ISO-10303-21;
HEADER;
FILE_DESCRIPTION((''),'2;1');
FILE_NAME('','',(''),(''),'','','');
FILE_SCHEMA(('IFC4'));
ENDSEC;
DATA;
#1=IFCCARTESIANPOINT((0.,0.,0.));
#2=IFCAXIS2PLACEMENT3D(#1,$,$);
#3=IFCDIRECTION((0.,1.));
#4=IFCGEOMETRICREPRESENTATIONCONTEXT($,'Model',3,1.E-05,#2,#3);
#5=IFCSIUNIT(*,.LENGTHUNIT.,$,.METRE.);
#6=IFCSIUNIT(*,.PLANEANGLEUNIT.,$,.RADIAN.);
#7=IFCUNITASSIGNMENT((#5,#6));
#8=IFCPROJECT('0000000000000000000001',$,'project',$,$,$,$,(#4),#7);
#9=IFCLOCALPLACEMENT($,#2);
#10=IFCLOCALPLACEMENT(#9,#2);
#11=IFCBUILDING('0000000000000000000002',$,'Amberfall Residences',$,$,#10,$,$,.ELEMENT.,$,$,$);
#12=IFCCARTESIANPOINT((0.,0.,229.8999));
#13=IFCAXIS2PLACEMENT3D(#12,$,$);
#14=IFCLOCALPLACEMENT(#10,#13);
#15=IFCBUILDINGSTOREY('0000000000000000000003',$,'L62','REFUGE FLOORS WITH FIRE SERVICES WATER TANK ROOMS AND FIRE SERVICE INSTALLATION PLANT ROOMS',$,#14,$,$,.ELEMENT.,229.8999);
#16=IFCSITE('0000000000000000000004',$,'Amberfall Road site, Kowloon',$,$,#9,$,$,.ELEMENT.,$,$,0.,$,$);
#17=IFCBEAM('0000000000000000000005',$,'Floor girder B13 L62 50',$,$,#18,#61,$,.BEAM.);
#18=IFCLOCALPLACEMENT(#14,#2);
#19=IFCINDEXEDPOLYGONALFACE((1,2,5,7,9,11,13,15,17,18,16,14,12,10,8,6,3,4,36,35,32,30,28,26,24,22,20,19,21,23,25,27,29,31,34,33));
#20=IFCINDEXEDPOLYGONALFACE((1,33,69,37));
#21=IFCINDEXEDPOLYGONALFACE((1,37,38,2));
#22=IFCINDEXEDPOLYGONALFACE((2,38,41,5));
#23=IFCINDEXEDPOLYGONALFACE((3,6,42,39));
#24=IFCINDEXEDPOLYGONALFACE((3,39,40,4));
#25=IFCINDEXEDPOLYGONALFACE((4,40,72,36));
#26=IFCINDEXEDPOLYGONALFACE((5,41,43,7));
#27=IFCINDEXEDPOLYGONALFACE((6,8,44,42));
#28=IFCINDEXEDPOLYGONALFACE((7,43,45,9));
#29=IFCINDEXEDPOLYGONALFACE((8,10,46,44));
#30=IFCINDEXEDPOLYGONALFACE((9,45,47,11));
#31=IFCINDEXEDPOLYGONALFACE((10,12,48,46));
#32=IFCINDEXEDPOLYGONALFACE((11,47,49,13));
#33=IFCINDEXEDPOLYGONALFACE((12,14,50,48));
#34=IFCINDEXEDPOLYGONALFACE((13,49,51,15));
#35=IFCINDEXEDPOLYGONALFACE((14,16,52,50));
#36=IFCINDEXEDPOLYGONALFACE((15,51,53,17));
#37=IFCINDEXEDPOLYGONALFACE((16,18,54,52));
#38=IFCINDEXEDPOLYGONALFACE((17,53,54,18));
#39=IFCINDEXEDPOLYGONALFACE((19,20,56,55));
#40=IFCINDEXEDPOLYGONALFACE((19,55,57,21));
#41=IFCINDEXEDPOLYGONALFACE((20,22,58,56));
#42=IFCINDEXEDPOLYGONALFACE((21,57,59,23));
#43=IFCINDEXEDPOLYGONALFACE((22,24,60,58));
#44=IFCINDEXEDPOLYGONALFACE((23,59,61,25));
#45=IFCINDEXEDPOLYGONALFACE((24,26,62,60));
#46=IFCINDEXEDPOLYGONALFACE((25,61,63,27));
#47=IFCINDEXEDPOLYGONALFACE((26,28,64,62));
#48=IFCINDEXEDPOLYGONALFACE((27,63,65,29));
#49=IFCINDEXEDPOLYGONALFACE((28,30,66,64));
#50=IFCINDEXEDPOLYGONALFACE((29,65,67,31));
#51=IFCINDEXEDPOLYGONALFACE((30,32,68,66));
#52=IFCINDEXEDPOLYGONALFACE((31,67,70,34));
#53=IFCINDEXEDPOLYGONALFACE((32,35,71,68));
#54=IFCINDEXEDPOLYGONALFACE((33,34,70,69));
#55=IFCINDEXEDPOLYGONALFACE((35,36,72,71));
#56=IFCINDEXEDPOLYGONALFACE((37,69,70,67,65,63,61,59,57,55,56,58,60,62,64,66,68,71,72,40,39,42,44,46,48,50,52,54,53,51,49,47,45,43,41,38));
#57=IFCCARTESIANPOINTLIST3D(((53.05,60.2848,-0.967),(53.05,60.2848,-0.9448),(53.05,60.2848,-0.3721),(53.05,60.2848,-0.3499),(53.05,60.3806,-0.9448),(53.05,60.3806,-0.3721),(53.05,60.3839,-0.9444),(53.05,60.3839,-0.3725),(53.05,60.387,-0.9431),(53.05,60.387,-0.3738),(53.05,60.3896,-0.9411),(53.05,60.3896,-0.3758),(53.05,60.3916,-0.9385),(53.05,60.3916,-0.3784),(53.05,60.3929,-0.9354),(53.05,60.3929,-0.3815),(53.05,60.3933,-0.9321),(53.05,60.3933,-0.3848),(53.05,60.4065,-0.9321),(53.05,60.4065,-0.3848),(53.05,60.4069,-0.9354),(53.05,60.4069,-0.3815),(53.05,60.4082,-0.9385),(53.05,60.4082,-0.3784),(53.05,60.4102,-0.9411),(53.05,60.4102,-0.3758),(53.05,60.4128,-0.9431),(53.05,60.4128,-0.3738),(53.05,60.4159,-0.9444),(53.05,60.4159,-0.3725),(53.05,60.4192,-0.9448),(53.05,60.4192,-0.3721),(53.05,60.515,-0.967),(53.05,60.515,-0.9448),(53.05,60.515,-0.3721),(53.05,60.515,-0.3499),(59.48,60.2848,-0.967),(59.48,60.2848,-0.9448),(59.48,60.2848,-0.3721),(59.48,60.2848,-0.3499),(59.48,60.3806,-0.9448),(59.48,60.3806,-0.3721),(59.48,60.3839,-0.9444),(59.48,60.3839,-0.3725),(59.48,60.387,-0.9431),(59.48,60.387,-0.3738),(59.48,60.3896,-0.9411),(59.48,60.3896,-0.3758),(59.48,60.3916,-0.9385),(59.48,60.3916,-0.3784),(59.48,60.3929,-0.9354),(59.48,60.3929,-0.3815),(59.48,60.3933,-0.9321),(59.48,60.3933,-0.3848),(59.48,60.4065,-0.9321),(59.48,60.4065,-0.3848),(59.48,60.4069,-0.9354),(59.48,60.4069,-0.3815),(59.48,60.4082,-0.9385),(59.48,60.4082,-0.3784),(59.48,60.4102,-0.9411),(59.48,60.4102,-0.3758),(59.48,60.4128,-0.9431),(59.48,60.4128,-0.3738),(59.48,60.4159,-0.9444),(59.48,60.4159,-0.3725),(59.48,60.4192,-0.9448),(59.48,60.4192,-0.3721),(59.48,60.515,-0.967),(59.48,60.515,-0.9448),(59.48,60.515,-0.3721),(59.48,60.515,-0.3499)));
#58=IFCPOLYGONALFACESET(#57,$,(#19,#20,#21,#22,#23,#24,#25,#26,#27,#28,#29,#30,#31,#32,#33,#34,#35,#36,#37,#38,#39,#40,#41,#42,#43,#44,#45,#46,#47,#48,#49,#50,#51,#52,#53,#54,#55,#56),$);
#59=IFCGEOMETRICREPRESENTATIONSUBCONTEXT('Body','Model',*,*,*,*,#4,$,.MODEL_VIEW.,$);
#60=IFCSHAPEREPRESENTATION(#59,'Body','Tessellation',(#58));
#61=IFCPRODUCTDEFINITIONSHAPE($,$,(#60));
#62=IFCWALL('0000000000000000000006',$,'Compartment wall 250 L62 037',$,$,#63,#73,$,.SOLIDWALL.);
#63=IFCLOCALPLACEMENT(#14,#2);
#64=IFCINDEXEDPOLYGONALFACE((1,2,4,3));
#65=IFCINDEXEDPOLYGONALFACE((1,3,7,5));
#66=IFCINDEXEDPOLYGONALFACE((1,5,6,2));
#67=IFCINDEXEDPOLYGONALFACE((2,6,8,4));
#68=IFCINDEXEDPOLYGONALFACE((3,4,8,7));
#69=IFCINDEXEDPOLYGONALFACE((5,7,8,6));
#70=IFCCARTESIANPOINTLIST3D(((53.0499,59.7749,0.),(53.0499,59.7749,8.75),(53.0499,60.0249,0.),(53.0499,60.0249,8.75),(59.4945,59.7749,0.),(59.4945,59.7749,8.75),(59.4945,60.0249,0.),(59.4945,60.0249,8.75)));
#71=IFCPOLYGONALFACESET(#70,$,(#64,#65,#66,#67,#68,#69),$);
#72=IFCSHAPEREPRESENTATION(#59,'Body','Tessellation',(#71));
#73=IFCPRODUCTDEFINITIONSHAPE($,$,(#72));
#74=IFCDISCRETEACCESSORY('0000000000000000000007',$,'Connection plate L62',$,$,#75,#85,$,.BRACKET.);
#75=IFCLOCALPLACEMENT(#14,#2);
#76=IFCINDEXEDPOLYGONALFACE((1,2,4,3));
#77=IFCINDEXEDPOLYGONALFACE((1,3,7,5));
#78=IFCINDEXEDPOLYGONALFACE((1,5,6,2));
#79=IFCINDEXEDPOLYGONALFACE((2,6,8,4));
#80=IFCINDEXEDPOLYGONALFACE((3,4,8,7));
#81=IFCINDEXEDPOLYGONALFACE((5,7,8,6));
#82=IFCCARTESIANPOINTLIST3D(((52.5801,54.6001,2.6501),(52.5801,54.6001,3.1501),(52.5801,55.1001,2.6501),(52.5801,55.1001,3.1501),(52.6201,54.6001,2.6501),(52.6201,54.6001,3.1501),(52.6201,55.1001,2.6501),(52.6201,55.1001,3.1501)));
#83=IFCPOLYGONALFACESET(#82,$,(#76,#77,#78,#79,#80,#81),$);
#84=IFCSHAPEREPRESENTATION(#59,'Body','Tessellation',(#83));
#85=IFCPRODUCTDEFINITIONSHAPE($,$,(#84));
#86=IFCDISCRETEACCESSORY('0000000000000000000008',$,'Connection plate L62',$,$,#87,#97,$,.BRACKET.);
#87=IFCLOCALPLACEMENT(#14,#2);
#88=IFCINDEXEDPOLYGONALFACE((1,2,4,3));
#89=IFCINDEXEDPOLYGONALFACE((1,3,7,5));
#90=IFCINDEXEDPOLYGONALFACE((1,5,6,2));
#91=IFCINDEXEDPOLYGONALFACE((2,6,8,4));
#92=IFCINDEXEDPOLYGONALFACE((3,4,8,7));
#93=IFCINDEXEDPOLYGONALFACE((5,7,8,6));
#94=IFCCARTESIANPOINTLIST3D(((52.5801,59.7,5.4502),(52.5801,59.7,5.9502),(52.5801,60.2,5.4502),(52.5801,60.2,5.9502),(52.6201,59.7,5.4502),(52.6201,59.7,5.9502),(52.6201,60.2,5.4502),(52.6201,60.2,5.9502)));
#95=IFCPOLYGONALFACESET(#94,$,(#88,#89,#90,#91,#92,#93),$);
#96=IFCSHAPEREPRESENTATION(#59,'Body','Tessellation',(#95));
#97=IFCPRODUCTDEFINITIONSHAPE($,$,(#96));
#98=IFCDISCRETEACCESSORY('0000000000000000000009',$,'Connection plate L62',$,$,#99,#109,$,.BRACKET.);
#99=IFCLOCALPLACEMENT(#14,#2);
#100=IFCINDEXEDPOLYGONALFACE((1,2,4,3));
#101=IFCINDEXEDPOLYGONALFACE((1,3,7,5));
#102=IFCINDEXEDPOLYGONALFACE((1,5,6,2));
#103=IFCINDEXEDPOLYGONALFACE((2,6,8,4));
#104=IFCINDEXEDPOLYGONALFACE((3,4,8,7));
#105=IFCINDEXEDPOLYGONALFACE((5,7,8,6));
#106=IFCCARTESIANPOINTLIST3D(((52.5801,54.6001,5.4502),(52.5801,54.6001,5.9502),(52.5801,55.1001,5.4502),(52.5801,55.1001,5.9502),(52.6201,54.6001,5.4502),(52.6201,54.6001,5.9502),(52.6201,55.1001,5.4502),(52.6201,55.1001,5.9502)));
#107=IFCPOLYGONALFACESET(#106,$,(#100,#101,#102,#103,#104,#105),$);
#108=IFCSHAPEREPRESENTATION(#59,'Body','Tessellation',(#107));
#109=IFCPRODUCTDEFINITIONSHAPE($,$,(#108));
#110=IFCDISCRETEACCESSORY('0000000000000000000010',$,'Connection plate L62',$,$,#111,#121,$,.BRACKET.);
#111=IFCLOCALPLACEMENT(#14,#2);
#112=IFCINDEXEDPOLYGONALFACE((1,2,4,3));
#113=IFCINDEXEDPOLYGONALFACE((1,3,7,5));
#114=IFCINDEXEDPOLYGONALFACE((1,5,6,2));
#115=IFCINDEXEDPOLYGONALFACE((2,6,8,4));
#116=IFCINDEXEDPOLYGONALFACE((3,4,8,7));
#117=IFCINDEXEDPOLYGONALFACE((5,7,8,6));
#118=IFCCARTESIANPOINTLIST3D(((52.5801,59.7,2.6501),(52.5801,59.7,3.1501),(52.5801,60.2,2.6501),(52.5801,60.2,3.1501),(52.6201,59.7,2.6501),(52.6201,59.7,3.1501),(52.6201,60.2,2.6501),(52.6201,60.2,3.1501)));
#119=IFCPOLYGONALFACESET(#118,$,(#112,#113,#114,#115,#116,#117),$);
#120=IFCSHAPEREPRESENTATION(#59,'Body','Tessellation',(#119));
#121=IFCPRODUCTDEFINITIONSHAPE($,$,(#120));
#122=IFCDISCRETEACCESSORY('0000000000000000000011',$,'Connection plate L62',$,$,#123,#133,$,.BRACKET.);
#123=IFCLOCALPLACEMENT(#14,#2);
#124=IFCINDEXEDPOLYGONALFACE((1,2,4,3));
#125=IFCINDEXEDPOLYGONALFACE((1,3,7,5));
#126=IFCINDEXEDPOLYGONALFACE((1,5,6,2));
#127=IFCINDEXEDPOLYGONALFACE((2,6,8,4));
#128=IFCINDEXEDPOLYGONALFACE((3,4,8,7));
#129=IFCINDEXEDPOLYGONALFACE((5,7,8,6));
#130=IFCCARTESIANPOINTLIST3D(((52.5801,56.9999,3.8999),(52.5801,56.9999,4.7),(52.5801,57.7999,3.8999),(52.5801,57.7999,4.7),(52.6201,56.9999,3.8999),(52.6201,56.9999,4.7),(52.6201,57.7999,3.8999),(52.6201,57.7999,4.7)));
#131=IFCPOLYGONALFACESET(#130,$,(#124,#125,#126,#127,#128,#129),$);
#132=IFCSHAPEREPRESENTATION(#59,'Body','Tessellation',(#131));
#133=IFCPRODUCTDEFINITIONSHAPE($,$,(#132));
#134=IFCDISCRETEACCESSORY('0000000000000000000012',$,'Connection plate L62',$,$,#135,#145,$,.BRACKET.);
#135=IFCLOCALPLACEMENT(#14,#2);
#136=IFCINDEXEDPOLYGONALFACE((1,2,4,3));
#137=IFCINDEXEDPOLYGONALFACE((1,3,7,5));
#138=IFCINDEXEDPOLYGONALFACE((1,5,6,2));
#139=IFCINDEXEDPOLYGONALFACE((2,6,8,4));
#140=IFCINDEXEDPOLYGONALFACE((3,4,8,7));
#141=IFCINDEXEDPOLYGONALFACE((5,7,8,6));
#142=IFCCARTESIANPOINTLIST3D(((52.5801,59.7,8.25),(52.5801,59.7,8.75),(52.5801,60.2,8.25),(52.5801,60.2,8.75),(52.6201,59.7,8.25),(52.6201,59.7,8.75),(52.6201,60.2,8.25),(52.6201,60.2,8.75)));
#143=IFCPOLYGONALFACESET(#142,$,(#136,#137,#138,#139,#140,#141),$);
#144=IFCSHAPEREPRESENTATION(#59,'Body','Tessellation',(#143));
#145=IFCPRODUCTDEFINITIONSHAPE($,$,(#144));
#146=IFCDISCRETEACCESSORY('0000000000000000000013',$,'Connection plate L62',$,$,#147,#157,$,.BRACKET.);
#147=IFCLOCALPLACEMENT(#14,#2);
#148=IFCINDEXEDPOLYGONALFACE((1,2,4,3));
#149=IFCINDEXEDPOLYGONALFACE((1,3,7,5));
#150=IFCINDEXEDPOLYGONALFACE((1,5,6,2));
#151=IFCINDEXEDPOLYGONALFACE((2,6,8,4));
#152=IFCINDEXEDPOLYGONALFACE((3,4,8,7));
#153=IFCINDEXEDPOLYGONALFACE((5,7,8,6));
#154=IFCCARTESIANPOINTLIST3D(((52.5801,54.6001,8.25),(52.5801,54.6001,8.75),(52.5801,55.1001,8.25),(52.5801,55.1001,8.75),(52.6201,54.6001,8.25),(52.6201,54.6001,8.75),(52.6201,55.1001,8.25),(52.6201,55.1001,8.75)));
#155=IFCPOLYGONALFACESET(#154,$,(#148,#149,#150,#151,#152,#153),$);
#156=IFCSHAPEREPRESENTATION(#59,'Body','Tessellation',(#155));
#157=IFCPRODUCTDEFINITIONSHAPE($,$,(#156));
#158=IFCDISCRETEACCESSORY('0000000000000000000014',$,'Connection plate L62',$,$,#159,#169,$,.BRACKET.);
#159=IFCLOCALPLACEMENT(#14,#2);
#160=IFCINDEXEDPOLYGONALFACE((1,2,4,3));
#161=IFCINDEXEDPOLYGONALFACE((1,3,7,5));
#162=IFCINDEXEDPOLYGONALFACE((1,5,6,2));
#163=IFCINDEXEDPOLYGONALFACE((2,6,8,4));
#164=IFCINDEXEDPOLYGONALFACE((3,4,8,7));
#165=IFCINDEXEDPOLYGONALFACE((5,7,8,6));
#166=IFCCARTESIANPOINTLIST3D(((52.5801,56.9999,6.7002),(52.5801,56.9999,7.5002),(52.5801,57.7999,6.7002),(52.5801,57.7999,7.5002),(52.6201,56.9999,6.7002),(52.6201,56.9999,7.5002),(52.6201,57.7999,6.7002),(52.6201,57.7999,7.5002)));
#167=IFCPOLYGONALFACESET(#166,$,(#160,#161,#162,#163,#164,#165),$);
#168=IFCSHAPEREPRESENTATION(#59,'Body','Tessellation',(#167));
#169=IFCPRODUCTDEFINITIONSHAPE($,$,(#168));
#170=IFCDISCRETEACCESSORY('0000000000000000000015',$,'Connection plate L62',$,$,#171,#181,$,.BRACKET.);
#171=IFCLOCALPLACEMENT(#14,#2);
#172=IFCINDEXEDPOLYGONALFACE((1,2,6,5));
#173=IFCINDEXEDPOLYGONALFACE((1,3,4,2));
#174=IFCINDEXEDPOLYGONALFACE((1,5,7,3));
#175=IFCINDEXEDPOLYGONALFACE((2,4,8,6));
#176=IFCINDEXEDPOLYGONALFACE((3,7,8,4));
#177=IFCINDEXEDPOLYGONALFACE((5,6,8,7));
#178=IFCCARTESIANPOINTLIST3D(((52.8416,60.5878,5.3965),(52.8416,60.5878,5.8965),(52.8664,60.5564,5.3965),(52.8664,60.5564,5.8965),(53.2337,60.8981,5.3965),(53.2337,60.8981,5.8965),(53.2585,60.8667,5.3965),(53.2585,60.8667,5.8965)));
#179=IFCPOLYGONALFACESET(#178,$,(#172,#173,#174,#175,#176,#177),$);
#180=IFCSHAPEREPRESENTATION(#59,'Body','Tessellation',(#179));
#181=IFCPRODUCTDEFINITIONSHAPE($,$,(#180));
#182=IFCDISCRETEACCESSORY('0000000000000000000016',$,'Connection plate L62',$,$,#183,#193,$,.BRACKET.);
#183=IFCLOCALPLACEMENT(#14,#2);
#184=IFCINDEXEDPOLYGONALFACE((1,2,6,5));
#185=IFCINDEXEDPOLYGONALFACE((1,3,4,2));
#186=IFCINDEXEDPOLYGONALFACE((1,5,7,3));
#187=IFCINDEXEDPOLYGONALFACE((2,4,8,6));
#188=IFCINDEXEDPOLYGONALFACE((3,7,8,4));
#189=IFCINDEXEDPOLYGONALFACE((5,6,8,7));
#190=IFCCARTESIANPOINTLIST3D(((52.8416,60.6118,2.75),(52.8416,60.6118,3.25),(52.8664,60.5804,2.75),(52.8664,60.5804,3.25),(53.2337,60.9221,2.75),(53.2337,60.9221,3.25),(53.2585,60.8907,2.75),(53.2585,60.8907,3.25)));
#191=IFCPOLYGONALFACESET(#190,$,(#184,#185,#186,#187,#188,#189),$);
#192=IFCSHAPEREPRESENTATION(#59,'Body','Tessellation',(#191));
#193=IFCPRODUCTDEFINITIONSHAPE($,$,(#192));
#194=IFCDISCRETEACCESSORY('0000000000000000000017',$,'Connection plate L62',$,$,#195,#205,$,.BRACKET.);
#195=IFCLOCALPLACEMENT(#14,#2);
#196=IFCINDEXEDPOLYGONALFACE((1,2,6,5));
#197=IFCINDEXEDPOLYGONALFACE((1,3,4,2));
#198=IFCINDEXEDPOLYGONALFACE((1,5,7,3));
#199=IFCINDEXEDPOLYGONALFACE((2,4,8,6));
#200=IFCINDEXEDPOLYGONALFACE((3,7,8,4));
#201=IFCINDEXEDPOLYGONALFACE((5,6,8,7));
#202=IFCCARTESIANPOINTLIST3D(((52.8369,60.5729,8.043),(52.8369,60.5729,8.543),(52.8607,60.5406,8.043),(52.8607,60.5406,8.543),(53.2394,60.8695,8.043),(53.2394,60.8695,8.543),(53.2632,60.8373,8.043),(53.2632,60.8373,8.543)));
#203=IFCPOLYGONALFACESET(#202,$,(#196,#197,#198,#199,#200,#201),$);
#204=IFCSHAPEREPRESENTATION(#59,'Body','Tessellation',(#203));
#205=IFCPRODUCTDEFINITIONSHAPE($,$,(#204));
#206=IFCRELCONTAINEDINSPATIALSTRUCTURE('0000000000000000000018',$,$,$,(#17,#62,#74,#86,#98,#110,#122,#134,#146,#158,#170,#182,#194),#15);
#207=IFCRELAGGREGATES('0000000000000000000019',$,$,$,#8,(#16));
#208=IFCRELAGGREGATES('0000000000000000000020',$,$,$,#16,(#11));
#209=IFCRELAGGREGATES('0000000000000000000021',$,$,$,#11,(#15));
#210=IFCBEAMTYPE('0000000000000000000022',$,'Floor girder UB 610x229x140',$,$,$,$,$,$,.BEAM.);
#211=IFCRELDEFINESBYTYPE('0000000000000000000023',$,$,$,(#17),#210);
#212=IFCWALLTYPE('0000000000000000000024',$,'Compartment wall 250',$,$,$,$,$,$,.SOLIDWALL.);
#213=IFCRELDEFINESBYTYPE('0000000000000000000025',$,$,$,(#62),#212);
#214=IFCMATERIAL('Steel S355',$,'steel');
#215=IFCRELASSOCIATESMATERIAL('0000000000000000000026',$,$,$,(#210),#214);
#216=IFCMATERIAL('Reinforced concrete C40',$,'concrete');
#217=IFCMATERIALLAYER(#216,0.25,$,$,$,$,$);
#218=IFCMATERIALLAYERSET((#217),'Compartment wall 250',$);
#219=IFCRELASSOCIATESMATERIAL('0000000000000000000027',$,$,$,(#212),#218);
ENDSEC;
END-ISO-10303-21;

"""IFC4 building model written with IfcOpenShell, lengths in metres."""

from ifc_helpers import new_model, si_unit, direction, frame, frame_2d, origin, origin_2d, place, context, subcontext, project, spatial, rectangle, i_section, extrude, material, layer, layer_set, material_profile, profile_set, type_object, element, save


model = new_model("IFC4")

# Units and contexts
model_context = context("Model", 3, precision=1e-05, world=origin(), true_north=direction((0.0, 1.0)))
body_context = subcontext(model_context, "Body", "Model", "MODEL_VIEW")
ifc_project = project(units=[si_unit("LENGTHUNIT", "METRE"), si_unit("PLANEANGLEUNIT", "RADIAN")], contexts=[model_context])

# Site, building, storey
site_placement = place(None, origin())
site = spatial("IfcSite", under=ifc_project, at=site_placement, Name="Amberfall Road site, Kowloon", CompositionType="ELEMENT", RefElevation=0.0)
building_placement = place(site_placement, origin())
building = spatial("IfcBuilding", under=site, at=building_placement, Name="Amberfall Residences", CompositionType="ELEMENT")
storey_placement = place(building_placement, frame((0.0, 0.0, 229.8999)))
storey = spatial("IfcBuildingStorey", under=building, at=storey_placement, Name="L62", Description="REFUGE FLOORS WITH FIRE SERVICES WATER TANK ROOMS AND FIRE SERVICE INSTALLATION PLANT ROOMS", CompositionType="ELEMENT", Elevation=229.8999)

# Shared definitions
ifc_material_1 = material(Name="Steel S355", Category="steel")

# Beam
ifc_material_profile_1 = material_profile(ifc_material_1, i_section(OverallWidth=0.2302, OverallDepth=0.6172, WebThickness=0.0132, FlangeThickness=0.0222, FilletRadius=0.0127, at=origin_2d()), Name="UB 610x229x140")
ifc_profile_set_1 = profile_set([ifc_material_profile_1], Name="Steel S355")
beam_type_1 = type_object("IfcBeamType", Name="Floor girder UB 610x229x140", PredefinedType="BEAM", material=ifc_profile_set_1)
beam_1_placement = place(storey_placement, frame((53.05, 60.3999, -0.6584), z_axis=(1.0, 0.0, 0.0), x_axis=(0.0, 1.0, 0.0)))
element("IfcBeam", 1, at=beam_1_placement, inside=storey, type_object=beam_type_1, Name="Floor girder B13 L62 50", PredefinedType="BEAM", context=body_context, shape_type="SweptSolid", body=[
    extrude(i_section(OverallWidth=0.2302, OverallDepth=0.6172, WebThickness=0.0132, FlangeThickness=0.0222, FilletRadius=0.0127, at=origin_2d()), origin(), (0.0, 0.0, 1.0), 6.4299),
])

# Wall
ifc_material_2 = material(Name="Reinforced concrete C40", Category="concrete")
ifc_layer = layer(ifc_material_2, 0.25)
ifc_layer_set = layer_set([ifc_layer], Name="Compartment wall 250")
wall_type = type_object("IfcWallType", Name="Compartment wall 250", PredefinedType="SOLIDWALL", material=ifc_layer_set)
wall_placement = place(storey_placement, frame((53.05, 59.8999, 0.0), z_axis=(0.0, 0.0, 1.0), x_axis=(1.0, 0.0, 0.0)))
element("IfcWall", 2, at=wall_placement, inside=storey, type_object=wall_type, Name="Compartment wall 250 L62 037", PredefinedType="SOLIDWALL", context=body_context, shape_type="SweptSolid", body=[
    extrude(rectangle(XDim=6.4446, YDim=0.25, at=frame_2d((3.2222, 0.0))), origin(), (0.0, 0.0, 1.0), 8.75),
])

# Discrete accessories
for number, where, z_axis, x_axis, name in (
    (3, (52.6001, 54.8501, 2.6501), (0.0, 0.0, 1.0), (0.0, 1.0, 0.0), "Connection plate L62"),
    (4, (52.6001, 59.95, 5.4502), (0.0, 0.0, 1.0), (0.0, 1.0, 0.0), "Connection plate L62"),
    (5, (52.6001, 54.8501, 5.4502), (0.0, 0.0, 1.0), (0.0, 1.0, 0.0), "Connection plate L62"),
    (6, (52.6001, 59.95, 2.6501), (0.0, 0.0, 1.0), (0.0, 1.0, 0.0), "Connection plate L62"),
):
    element("IfcDiscreteAccessory", number, at=place(storey_placement, frame(where, z_axis=z_axis, x_axis=x_axis)), inside=storey, Name=name, PredefinedType="BRACKET", context=body_context, shape_type="SweptSolid", body=[
        extrude(rectangle(XDim=0.5, YDim=0.04, at=origin_2d()), origin(), (0.0, 0.0, 1.0), 0.5),
    ])
discrete_accessory_1_placement = place(storey_placement, frame((52.6001, 57.3999, 3.8999), z_axis=(0.0, 0.0, 1.0), x_axis=(0.0, 1.0, 0.0)))
element("IfcDiscreteAccessory", 7, at=discrete_accessory_1_placement, inside=storey, Name="Connection plate L62", PredefinedType="BRACKET", context=body_context, shape_type="SweptSolid", body=[
    extrude(rectangle(XDim=0.8, YDim=0.04, at=origin_2d()), origin(), (0.0, 0.0, 1.0), 0.8),
])
for number, where, z_axis, x_axis, name in (
    (8, (52.6001, 59.95, 8.25), (0.0, 0.0, 1.0), (0.0, 1.0, 0.0), "Connection plate L62"),
    (9, (52.6001, 54.8501, 8.25), (0.0, 0.0, 1.0), (0.0, 1.0, 0.0), "Connection plate L62"),
):
    element("IfcDiscreteAccessory", number, at=place(storey_placement, frame(where, z_axis=z_axis, x_axis=x_axis)), inside=storey, Name=name, PredefinedType="BRACKET", context=body_context, shape_type="SweptSolid", body=[
        extrude(rectangle(XDim=0.5, YDim=0.04, at=origin_2d()), origin(), (0.0, 0.0, 1.0), 0.5),
    ])
discrete_accessory_2_placement = place(storey_placement, frame((52.6001, 57.3999, 6.7002), z_axis=(0.0, 0.0, 1.0), x_axis=(0.0, 1.0, 0.0)))
element("IfcDiscreteAccessory", 10, at=discrete_accessory_2_placement, inside=storey, Name="Connection plate L62", PredefinedType="BRACKET", context=body_context, shape_type="SweptSolid", body=[
    extrude(rectangle(XDim=0.8, YDim=0.04, at=origin_2d()), origin(), (0.0, 0.0, 1.0), 0.8),
])
for number, where, z_axis, x_axis, name in (
    (11, (53.05, 60.7273, 5.3965), (0.0, 0.0, 1.0), (-0.784127, -0.620601, 0.0), "Connection plate L62"),
    (12, (53.05, 60.7512, 2.75), (0.0, 0.0, 1.0), (-0.784127, -0.620601, 0.0), "Connection plate L62"),
    (13, (53.05, 60.7051, 8.043), (0.0, 0.0, 1.0), (-0.804987, -0.593292, 0.0), "Connection plate L62"),
):
    element("IfcDiscreteAccessory", number, at=place(storey_placement, frame(where, z_axis=z_axis, x_axis=x_axis)), inside=storey, Name=name, PredefinedType="BRACKET", context=body_context, shape_type="SweptSolid", body=[
        extrude(rectangle(XDim=0.5, YDim=0.04, at=origin_2d()), origin(), (0.0, 0.0, 1.0), 0.5),
    ])

save(model, "model.ifc")
